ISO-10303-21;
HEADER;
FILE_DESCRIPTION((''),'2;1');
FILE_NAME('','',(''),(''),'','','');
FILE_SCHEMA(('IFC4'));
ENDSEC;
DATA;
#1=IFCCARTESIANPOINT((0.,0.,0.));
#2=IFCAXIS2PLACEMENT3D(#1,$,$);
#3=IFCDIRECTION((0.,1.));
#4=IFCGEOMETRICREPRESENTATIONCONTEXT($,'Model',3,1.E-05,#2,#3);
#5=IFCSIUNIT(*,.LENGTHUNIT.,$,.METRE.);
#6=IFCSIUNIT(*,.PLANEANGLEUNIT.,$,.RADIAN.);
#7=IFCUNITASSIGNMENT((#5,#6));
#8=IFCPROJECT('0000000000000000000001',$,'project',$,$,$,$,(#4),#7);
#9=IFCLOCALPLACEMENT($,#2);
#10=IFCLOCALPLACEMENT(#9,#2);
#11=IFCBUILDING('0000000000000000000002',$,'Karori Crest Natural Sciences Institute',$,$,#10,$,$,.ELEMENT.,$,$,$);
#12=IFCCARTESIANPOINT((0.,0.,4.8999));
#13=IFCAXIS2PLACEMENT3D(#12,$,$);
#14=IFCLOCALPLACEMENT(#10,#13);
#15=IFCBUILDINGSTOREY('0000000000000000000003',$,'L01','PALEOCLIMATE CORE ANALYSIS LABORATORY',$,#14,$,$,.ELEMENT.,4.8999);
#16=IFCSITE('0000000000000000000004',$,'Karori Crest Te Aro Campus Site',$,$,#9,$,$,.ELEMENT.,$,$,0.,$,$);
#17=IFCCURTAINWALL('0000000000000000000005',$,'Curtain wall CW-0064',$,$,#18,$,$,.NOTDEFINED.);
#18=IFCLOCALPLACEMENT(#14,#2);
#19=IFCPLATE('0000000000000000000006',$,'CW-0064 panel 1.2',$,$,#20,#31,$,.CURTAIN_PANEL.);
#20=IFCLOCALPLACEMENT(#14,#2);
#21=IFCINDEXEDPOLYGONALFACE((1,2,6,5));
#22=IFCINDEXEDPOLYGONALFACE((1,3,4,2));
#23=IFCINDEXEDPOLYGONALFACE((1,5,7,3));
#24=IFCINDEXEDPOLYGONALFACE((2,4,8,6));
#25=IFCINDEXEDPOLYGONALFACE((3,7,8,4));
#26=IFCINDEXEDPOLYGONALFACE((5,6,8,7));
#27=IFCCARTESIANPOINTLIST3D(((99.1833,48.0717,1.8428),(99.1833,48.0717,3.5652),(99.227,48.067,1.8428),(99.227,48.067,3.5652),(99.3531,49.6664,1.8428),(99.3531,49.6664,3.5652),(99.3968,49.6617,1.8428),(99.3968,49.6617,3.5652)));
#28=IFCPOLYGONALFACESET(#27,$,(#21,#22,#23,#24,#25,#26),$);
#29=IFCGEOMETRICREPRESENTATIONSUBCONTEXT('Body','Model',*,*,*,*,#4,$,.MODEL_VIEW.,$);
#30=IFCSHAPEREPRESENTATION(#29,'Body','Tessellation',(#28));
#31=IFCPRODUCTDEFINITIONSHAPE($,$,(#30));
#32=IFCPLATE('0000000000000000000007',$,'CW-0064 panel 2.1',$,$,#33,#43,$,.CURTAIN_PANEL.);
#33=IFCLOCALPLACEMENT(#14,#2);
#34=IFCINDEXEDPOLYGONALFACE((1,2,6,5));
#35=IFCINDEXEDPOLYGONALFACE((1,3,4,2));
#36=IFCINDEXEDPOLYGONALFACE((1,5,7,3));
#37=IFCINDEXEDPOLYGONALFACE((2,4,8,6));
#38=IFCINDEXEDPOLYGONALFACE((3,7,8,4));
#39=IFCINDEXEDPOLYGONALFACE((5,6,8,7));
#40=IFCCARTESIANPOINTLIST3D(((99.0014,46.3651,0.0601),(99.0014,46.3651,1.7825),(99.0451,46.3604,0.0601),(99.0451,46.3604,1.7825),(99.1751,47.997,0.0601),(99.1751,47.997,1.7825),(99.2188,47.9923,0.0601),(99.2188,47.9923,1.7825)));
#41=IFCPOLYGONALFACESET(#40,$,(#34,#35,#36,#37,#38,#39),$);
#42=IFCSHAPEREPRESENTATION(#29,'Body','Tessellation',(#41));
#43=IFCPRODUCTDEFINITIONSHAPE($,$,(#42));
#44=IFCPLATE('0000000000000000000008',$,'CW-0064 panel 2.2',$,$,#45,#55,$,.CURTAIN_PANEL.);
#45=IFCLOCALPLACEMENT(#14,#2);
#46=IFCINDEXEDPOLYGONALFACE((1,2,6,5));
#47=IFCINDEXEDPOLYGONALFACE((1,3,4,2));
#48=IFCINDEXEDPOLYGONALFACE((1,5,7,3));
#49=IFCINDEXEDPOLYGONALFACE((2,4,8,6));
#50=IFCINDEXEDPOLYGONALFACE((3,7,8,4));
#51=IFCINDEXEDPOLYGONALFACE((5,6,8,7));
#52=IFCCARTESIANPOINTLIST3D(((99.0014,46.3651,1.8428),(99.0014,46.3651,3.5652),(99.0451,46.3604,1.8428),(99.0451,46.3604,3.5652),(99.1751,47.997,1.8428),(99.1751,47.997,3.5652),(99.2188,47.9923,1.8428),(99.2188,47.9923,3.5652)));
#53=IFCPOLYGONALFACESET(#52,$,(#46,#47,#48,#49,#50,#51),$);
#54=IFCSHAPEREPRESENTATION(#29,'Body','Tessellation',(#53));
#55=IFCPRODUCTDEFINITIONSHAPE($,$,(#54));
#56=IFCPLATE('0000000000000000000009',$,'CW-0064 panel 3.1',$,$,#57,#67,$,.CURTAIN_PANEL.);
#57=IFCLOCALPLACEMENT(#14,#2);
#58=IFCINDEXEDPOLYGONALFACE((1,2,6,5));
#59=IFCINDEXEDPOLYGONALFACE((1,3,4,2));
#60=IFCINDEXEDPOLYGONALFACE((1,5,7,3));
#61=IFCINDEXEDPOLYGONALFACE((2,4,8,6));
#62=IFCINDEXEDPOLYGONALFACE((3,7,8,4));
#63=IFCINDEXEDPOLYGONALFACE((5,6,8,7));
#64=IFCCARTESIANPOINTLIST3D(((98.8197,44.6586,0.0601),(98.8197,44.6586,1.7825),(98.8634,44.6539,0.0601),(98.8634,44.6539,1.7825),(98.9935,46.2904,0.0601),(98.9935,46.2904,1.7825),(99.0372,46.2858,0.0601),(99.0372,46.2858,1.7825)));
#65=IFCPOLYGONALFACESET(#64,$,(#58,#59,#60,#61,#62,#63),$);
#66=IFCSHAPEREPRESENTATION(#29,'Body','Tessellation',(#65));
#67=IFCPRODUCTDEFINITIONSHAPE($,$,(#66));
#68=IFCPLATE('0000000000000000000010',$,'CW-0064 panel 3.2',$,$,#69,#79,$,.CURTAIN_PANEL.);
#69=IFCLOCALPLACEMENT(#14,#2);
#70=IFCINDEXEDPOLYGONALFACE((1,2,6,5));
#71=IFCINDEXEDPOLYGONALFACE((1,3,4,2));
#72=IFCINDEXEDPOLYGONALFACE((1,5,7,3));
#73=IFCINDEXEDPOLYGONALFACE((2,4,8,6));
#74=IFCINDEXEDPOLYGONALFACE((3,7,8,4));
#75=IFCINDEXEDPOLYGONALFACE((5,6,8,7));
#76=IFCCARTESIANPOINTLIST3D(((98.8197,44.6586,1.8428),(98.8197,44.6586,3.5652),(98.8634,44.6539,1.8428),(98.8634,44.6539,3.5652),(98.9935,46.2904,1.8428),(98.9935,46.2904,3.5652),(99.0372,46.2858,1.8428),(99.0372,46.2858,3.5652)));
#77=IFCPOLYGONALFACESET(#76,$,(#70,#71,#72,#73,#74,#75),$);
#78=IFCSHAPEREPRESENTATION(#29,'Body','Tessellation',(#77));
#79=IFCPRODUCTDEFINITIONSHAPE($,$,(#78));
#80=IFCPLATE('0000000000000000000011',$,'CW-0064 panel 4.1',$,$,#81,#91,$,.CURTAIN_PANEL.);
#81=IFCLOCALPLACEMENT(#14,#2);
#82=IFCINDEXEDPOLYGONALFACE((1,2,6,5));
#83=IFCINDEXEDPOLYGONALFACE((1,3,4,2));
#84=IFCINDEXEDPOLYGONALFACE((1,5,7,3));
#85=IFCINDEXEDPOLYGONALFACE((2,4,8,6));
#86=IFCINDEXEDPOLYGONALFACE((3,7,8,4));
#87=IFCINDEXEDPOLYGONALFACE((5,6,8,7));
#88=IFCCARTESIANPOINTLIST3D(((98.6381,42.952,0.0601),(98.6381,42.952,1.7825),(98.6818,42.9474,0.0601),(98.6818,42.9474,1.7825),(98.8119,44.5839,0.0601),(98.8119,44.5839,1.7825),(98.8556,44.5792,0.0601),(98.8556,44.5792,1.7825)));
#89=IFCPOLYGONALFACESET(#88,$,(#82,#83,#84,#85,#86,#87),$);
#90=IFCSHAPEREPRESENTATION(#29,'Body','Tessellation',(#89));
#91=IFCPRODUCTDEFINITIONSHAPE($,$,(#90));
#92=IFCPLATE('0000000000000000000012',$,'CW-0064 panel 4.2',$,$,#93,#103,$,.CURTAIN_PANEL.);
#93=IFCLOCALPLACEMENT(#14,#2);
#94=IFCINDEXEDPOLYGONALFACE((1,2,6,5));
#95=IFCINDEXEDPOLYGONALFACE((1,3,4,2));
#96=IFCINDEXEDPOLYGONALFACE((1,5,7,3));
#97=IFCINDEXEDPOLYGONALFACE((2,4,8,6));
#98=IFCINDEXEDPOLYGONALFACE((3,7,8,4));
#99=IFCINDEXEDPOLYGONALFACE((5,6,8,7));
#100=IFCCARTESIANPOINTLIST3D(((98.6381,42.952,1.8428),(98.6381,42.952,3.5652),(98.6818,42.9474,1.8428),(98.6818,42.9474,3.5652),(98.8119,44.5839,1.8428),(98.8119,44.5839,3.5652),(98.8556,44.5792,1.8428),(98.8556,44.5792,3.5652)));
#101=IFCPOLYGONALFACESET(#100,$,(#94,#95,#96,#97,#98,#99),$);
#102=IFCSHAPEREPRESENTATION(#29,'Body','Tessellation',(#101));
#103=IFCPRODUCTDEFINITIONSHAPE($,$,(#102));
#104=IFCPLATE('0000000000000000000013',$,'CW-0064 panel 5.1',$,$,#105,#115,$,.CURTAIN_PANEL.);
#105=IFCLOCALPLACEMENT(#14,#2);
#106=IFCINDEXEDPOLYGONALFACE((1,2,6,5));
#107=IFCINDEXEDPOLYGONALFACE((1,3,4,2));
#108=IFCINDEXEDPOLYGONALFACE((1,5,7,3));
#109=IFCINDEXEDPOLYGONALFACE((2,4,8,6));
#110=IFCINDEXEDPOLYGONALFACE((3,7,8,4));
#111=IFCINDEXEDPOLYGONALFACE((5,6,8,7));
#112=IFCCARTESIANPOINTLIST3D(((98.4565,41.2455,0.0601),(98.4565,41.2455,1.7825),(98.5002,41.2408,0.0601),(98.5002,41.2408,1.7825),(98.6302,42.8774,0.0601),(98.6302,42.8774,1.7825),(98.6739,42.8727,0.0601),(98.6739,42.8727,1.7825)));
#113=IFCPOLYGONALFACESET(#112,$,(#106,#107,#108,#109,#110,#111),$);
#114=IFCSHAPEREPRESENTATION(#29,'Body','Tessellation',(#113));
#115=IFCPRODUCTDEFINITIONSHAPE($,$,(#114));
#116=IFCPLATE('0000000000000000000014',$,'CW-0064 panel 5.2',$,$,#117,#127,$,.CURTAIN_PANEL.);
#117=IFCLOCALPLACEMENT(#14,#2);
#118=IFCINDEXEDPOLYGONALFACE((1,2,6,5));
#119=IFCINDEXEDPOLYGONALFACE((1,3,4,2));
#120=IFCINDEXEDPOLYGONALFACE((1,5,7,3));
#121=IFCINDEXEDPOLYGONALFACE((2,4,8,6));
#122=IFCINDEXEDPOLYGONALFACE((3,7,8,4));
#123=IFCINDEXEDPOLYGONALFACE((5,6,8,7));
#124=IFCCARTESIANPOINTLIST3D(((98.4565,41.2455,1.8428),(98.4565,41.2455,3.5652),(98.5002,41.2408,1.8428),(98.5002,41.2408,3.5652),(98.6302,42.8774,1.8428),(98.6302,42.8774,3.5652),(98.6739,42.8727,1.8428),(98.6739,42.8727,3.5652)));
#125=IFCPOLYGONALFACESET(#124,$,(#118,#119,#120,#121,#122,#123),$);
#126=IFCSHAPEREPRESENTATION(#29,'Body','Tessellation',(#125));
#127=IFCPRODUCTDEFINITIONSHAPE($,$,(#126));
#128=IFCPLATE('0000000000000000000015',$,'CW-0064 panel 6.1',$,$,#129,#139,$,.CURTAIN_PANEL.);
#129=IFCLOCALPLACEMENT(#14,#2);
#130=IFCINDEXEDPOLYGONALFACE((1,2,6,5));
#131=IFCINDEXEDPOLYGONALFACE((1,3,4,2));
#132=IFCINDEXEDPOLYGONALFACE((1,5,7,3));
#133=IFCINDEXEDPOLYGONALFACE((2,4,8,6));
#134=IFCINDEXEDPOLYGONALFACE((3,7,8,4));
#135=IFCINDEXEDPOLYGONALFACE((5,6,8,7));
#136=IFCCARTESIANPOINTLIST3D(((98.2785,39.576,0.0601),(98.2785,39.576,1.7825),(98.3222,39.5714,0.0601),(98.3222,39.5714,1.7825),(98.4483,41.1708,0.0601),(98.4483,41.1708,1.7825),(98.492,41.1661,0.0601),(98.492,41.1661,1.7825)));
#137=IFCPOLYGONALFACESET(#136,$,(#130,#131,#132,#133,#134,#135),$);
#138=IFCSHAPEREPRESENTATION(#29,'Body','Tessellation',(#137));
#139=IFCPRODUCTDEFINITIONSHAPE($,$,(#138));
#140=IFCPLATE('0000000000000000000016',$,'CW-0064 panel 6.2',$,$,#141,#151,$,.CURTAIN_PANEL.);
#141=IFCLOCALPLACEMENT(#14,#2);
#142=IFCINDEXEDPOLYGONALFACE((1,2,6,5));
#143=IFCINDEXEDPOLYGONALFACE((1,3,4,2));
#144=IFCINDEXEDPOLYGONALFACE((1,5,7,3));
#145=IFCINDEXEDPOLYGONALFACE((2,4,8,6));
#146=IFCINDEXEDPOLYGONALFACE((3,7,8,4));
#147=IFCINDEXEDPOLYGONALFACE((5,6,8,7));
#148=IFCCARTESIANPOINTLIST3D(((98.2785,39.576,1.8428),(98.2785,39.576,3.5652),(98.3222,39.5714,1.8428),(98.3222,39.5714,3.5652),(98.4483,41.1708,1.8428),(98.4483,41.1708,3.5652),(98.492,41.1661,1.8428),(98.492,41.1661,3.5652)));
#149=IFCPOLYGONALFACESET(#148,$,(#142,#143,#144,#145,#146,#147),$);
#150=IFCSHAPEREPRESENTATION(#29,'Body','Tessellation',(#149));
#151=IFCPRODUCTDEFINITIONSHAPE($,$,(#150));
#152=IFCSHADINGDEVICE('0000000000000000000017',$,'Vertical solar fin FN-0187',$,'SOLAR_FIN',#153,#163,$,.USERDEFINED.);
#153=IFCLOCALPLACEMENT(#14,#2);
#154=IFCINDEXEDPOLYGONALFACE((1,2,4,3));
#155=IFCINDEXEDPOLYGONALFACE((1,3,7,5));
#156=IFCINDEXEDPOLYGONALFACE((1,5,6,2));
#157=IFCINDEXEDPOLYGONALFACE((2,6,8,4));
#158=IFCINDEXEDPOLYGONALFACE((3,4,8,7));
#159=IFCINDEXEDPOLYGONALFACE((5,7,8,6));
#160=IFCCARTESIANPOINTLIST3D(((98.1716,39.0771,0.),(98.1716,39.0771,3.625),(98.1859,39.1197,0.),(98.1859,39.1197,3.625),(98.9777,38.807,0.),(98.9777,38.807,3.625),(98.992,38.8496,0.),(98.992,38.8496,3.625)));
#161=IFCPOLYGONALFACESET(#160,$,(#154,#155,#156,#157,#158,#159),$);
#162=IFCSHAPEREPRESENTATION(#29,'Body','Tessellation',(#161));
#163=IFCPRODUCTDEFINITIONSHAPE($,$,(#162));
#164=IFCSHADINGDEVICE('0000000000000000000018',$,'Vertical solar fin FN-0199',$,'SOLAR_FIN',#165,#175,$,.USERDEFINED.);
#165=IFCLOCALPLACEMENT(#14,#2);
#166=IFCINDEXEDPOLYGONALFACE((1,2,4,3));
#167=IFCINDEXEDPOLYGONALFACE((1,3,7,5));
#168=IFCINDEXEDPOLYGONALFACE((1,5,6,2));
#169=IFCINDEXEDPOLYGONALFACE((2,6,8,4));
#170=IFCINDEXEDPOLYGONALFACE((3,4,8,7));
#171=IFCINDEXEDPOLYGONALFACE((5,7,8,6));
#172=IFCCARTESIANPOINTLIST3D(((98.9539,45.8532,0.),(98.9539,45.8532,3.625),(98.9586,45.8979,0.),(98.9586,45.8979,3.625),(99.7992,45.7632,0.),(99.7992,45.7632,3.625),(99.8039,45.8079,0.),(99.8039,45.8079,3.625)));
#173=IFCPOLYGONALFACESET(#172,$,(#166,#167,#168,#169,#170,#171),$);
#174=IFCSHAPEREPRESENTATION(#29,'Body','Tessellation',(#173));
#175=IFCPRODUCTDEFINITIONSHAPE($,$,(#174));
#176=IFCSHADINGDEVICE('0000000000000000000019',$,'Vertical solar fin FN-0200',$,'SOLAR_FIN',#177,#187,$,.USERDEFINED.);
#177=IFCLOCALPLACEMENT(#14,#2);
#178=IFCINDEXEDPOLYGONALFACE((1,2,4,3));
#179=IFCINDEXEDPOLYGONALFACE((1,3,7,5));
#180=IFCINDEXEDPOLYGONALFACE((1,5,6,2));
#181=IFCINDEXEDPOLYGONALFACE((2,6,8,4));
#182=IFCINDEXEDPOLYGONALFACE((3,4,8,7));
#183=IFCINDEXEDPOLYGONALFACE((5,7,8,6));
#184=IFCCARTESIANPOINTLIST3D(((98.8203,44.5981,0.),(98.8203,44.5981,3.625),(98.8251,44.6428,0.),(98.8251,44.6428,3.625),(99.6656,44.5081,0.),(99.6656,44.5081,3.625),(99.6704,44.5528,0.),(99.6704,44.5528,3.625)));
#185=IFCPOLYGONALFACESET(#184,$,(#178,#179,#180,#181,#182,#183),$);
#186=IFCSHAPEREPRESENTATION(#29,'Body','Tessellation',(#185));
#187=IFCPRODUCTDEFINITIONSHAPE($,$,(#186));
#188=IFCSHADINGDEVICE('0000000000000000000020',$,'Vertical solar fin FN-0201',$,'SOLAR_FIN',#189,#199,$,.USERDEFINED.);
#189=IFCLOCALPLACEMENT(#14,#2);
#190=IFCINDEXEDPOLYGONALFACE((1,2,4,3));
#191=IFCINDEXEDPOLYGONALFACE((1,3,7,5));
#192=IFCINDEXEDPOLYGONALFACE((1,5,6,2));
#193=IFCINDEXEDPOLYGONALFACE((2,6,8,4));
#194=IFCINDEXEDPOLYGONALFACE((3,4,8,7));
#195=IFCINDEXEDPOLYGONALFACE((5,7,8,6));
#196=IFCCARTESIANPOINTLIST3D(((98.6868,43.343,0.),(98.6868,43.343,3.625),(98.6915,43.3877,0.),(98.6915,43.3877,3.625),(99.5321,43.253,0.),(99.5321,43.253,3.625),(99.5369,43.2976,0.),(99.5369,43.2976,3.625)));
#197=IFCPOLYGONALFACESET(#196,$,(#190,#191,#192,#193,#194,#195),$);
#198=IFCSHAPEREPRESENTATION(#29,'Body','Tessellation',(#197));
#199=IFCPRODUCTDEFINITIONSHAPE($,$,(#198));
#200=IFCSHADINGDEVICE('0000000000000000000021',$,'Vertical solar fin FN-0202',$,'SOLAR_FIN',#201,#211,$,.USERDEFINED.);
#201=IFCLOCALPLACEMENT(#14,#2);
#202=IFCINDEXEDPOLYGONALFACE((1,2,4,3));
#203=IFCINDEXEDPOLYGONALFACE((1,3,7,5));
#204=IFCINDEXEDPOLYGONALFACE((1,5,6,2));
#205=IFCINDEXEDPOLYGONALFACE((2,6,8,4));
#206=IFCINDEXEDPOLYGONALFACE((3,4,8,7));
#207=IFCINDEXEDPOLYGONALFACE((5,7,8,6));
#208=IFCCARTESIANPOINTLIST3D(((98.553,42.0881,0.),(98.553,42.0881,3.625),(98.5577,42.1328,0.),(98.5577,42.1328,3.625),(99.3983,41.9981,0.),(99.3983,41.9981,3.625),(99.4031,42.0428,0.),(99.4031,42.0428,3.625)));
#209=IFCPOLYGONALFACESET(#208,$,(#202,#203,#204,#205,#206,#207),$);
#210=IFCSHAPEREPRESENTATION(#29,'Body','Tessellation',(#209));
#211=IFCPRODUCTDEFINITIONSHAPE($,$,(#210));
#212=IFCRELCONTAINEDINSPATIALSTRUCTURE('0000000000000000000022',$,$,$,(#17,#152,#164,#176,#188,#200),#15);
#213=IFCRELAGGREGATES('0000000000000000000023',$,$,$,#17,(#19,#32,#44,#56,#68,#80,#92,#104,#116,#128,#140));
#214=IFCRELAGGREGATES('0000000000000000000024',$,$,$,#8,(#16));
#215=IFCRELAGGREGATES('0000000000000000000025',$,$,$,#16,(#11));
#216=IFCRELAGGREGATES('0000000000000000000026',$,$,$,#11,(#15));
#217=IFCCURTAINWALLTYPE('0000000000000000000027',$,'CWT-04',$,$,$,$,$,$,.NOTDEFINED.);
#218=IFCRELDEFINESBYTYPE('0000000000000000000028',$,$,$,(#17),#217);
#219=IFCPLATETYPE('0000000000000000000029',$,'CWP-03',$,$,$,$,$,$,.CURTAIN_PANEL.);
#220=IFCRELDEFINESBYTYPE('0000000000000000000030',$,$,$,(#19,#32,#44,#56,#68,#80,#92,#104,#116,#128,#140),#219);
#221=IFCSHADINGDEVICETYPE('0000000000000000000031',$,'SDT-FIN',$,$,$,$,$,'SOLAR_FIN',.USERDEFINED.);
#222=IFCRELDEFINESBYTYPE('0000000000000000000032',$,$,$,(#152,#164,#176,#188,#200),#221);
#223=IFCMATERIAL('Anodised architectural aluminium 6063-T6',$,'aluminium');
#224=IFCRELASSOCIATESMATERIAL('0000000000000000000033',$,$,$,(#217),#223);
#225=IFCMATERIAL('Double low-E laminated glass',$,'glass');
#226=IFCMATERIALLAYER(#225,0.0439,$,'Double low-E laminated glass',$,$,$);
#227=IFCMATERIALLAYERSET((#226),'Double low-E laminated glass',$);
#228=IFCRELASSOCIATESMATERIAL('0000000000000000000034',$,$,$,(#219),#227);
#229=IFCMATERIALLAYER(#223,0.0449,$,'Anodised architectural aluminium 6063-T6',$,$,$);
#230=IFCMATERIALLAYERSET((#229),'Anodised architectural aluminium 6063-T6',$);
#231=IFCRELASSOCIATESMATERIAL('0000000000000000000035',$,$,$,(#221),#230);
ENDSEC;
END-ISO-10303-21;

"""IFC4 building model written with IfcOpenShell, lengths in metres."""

from ifc_helpers import new_model, si_unit, direction, frame, origin, origin_2d, place, context, subcontext, project, spatial, rectangle, extrude, material, layer, layer_set, type_object, element, aggregate, save


model = new_model("IFC4")

# Units and contexts
model_context = context("Model", 3, precision=1e-05, world=origin(), true_north=direction((0.0, 1.0)))
body_context = subcontext(model_context, "Body", "Model", "MODEL_VIEW")
ifc_project = project(units=[si_unit("LENGTHUNIT", "METRE"), si_unit("PLANEANGLEUNIT", "RADIAN")], contexts=[model_context])

# Site, building, storey
site_placement = place(None, origin())
site = spatial("IfcSite", under=ifc_project, at=site_placement, Name="Karori Crest Te Aro Campus Site", CompositionType="ELEMENT", RefElevation=0.0)
building_placement = place(site_placement, origin())
building = spatial("IfcBuilding", under=site, at=building_placement, Name="Karori Crest Natural Sciences Institute", CompositionType="ELEMENT")
storey_placement = place(building_placement, frame((0.0, 0.0, 4.8999)))
storey = spatial("IfcBuildingStorey", under=building, at=storey_placement, Name="L01", Description="PALEOCLIMATE CORE ANALYSIS LABORATORY", CompositionType="ELEMENT", Elevation=4.8999)

# Curtain wall, plates
ifc_material_1 = material(Name="Anodised architectural aluminium 6063-T6", Category="aluminium")
curtain_wall_type = type_object("IfcCurtainWallType", Name="CWT-04", PredefinedType="NOTDEFINED", material=ifc_material_1)
curtain_wall_placement = place(storey_placement, origin())
curtain_wall = element("IfcCurtainWall", 1, at=curtain_wall_placement, inside=storey, type_object=curtain_wall_type, Name="Curtain wall CW-0064", PredefinedType="NOTDEFINED")
ifc_material_2 = material(Name="Double low-E laminated glass", Category="glass")
ifc_layer_1 = layer(ifc_material_2, 0.0439, Name="Double low-E laminated glass")
ifc_layer_set_1 = layer_set([ifc_layer_1], Name="Double low-E laminated glass")
plate_type = type_object("IfcPlateType", Name="CWP-03", PredefinedType="CURTAIN_PANEL", material=ifc_layer_set_1)
plate_1_placement = place(storey_placement, frame((99.29, 48.8667, 1.8428), z_axis=(0.0, 0.0, 1.0), x_axis=(-0.105884, -0.994378, 0.0)))
plate_1 = element("IfcPlate", 2, at=plate_1_placement, type_object=plate_type, Name="CW-0064 panel 1.2", PredefinedType="CURTAIN_PANEL", context=body_context, shape_type="SweptSolid", body=[
    extrude(rectangle(XDim=1.6038, YDim=0.0439, at=origin_2d()), origin(), (0.0, 0.0, 1.0), 1.7224),
])
plate_2_placement = place(storey_placement, frame((99.1101, 47.1787, 0.0601), z_axis=(0.0, 0.0, 1.0), x_axis=(-0.105884, -0.994378, 0.0)))
plate_2 = element("IfcPlate", 3, at=plate_2_placement, type_object=plate_type, Name="CW-0064 panel 2.1", PredefinedType="CURTAIN_PANEL", context=body_context, shape_type="SweptSolid", body=[
    extrude(rectangle(XDim=1.6411, YDim=0.0439, at=origin_2d()), origin(), (0.0, 0.0, 1.0), 1.7224),
])
plate_3_placement = place(storey_placement, frame((99.1101, 47.1787, 1.8428), z_axis=(0.0, 0.0, 1.0), x_axis=(-0.105884, -0.994378, 0.0)))
plate_3 = element("IfcPlate", 4, at=plate_3_placement, type_object=plate_type, Name="CW-0064 panel 2.2", PredefinedType="CURTAIN_PANEL", context=body_context, shape_type="SweptSolid", body=[
    extrude(rectangle(XDim=1.6411, YDim=0.0439, at=origin_2d()), origin(), (0.0, 0.0, 1.0), 1.7224),
])
plate_4_placement = place(storey_placement, frame((98.9285, 45.4722, 0.0601), z_axis=(0.0, 0.0, 1.0), x_axis=(-0.105884, -0.994378, 0.0)))
plate_4 = element("IfcPlate", 5, at=plate_4_placement, type_object=plate_type, Name="CW-0064 panel 3.1", PredefinedType="CURTAIN_PANEL", context=body_context, shape_type="SweptSolid", body=[
    extrude(rectangle(XDim=1.6411, YDim=0.0439, at=origin_2d()), origin(), (0.0, 0.0, 1.0), 1.7224),
])
plate_5_placement = place(storey_placement, frame((98.9285, 45.4722, 1.8428), z_axis=(0.0, 0.0, 1.0), x_axis=(-0.105884, -0.994378, 0.0)))
plate_5 = element("IfcPlate", 6, at=plate_5_placement, type_object=plate_type, Name="CW-0064 panel 3.2", PredefinedType="CURTAIN_PANEL", context=body_context, shape_type="SweptSolid", body=[
    extrude(rectangle(XDim=1.6411, YDim=0.0439, at=origin_2d()), origin(), (0.0, 0.0, 1.0), 1.7224),
])
plate_6_placement = place(storey_placement, frame((98.7468, 43.7656, 0.0601), z_axis=(0.0, 0.0, 1.0), x_axis=(-0.105884, -0.994378, 0.0)))
plate_6 = element("IfcPlate", 7, at=plate_6_placement, type_object=plate_type, Name="CW-0064 panel 4.1", PredefinedType="CURTAIN_PANEL", context=body_context, shape_type="SweptSolid", body=[
    extrude(rectangle(XDim=1.6411, YDim=0.0439, at=origin_2d()), origin(), (0.0, 0.0, 1.0), 1.7224),
])
plate_7_placement = place(storey_placement, frame((98.7468, 43.7656, 1.8428), z_axis=(0.0, 0.0, 1.0), x_axis=(-0.105884, -0.994378, 0.0)))
plate_7 = element("IfcPlate", 8, at=plate_7_placement, type_object=plate_type, Name="CW-0064 panel 4.2", PredefinedType="CURTAIN_PANEL", context=body_context, shape_type="SweptSolid", body=[
    extrude(rectangle(XDim=1.6411, YDim=0.0439, at=origin_2d()), origin(), (0.0, 0.0, 1.0), 1.7224),
])
plate_8_placement = place(storey_placement, frame((98.5652, 42.0591, 0.0601), z_axis=(0.0, 0.0, 1.0), x_axis=(-0.105884, -0.994378, 0.0)))
plate_8 = element("IfcPlate", 9, at=plate_8_placement, type_object=plate_type, Name="CW-0064 panel 5.1", PredefinedType="CURTAIN_PANEL", context=body_context, shape_type="SweptSolid", body=[
    extrude(rectangle(XDim=1.6411, YDim=0.0439, at=origin_2d()), origin(), (0.0, 0.0, 1.0), 1.7224),
])
plate_9_placement = place(storey_placement, frame((98.5652, 42.0591, 1.8428), z_axis=(0.0, 0.0, 1.0), x_axis=(-0.105884, -0.994378, 0.0)))
plate_9 = element("IfcPlate", 10, at=plate_9_placement, type_object=plate_type, Name="CW-0064 panel 5.2", PredefinedType="CURTAIN_PANEL", context=body_context, shape_type="SweptSolid", body=[
    extrude(rectangle(XDim=1.6411, YDim=0.0439, at=origin_2d()), origin(), (0.0, 0.0, 1.0), 1.7224),
])
plate_10_placement = place(storey_placement, frame((98.3853, 40.3711, 0.0601), z_axis=(0.0, 0.0, 1.0), x_axis=(-0.105884, -0.994378, 0.0)))
plate_10 = element("IfcPlate", 11, at=plate_10_placement, type_object=plate_type, Name="CW-0064 panel 6.1", PredefinedType="CURTAIN_PANEL", context=body_context, shape_type="SweptSolid", body=[
    extrude(rectangle(XDim=1.6038, YDim=0.0439, at=origin_2d()), origin(), (0.0, 0.0, 1.0), 1.7224),
])
plate_11_placement = place(storey_placement, frame((98.3853, 40.3711, 1.8428), z_axis=(0.0, 0.0, 1.0), x_axis=(-0.105884, -0.994378, 0.0)))
plate_11 = element("IfcPlate", 12, at=plate_11_placement, type_object=plate_type, Name="CW-0064 panel 6.2", PredefinedType="CURTAIN_PANEL", context=body_context, shape_type="SweptSolid", body=[
    extrude(rectangle(XDim=1.6038, YDim=0.0439, at=origin_2d()), origin(), (0.0, 0.0, 1.0), 1.7224),
])
aggregate(curtain_wall, [plate_1, plate_2, plate_3, plate_4, plate_5, plate_6, plate_7, plate_8, plate_9, plate_10, plate_11])

# Shading devices
ifc_layer_2 = layer(ifc_material_1, 0.0449, Name="Anodised architectural aluminium 6063-T6")
ifc_layer_set_2 = layer_set([ifc_layer_2], Name="Anodised architectural aluminium 6063-T6")
shading_device_type = type_object("IfcShadingDeviceType", Name="SDT-FIN", ElementType="SOLAR_FIN", PredefinedType="USERDEFINED", material=ifc_layer_set_2)
for number, where, z_axis, x_axis, name in (
    (13, (98.5818, 38.9634, 0.0), (0.0, 0.0, 1.0), (0.948196, -0.317685, 0.0), "Vertical solar fin FN-0187"),
    (14, (99.3789, 45.8306, 0.0), (0.0, 0.0, 1.0), (0.994378, -0.105884, 0.0), "Vertical solar fin FN-0199"),
    (15, (99.2454, 44.5754, 0.0), (0.0, 0.0, 1.0), (0.994378, -0.105884, 0.0), "Vertical solar fin FN-0200"),
    (16, (99.1118, 43.3203, 0.0), (0.0, 0.0, 1.0), (0.994378, -0.105884, 0.0), "Vertical solar fin FN-0201"),
    (17, (98.978, 42.0654, 0.0), (0.0, 0.0, 1.0), (0.994378, -0.105884, 0.0), "Vertical solar fin FN-0202"),
):
    element("IfcShadingDevice", number, at=place(storey_placement, frame(where, z_axis=z_axis, x_axis=x_axis)), inside=storey, type_object=shading_device_type, Name=name, ObjectType="SOLAR_FIN", PredefinedType="USERDEFINED", context=body_context, shape_type="SweptSolid", body=[
        extrude(rectangle(XDim=0.8501, YDim=0.0449, at=origin_2d()), origin(), (0.0, 0.0, 1.0), 3.625),
    ])

save(model, "model.ifc")
